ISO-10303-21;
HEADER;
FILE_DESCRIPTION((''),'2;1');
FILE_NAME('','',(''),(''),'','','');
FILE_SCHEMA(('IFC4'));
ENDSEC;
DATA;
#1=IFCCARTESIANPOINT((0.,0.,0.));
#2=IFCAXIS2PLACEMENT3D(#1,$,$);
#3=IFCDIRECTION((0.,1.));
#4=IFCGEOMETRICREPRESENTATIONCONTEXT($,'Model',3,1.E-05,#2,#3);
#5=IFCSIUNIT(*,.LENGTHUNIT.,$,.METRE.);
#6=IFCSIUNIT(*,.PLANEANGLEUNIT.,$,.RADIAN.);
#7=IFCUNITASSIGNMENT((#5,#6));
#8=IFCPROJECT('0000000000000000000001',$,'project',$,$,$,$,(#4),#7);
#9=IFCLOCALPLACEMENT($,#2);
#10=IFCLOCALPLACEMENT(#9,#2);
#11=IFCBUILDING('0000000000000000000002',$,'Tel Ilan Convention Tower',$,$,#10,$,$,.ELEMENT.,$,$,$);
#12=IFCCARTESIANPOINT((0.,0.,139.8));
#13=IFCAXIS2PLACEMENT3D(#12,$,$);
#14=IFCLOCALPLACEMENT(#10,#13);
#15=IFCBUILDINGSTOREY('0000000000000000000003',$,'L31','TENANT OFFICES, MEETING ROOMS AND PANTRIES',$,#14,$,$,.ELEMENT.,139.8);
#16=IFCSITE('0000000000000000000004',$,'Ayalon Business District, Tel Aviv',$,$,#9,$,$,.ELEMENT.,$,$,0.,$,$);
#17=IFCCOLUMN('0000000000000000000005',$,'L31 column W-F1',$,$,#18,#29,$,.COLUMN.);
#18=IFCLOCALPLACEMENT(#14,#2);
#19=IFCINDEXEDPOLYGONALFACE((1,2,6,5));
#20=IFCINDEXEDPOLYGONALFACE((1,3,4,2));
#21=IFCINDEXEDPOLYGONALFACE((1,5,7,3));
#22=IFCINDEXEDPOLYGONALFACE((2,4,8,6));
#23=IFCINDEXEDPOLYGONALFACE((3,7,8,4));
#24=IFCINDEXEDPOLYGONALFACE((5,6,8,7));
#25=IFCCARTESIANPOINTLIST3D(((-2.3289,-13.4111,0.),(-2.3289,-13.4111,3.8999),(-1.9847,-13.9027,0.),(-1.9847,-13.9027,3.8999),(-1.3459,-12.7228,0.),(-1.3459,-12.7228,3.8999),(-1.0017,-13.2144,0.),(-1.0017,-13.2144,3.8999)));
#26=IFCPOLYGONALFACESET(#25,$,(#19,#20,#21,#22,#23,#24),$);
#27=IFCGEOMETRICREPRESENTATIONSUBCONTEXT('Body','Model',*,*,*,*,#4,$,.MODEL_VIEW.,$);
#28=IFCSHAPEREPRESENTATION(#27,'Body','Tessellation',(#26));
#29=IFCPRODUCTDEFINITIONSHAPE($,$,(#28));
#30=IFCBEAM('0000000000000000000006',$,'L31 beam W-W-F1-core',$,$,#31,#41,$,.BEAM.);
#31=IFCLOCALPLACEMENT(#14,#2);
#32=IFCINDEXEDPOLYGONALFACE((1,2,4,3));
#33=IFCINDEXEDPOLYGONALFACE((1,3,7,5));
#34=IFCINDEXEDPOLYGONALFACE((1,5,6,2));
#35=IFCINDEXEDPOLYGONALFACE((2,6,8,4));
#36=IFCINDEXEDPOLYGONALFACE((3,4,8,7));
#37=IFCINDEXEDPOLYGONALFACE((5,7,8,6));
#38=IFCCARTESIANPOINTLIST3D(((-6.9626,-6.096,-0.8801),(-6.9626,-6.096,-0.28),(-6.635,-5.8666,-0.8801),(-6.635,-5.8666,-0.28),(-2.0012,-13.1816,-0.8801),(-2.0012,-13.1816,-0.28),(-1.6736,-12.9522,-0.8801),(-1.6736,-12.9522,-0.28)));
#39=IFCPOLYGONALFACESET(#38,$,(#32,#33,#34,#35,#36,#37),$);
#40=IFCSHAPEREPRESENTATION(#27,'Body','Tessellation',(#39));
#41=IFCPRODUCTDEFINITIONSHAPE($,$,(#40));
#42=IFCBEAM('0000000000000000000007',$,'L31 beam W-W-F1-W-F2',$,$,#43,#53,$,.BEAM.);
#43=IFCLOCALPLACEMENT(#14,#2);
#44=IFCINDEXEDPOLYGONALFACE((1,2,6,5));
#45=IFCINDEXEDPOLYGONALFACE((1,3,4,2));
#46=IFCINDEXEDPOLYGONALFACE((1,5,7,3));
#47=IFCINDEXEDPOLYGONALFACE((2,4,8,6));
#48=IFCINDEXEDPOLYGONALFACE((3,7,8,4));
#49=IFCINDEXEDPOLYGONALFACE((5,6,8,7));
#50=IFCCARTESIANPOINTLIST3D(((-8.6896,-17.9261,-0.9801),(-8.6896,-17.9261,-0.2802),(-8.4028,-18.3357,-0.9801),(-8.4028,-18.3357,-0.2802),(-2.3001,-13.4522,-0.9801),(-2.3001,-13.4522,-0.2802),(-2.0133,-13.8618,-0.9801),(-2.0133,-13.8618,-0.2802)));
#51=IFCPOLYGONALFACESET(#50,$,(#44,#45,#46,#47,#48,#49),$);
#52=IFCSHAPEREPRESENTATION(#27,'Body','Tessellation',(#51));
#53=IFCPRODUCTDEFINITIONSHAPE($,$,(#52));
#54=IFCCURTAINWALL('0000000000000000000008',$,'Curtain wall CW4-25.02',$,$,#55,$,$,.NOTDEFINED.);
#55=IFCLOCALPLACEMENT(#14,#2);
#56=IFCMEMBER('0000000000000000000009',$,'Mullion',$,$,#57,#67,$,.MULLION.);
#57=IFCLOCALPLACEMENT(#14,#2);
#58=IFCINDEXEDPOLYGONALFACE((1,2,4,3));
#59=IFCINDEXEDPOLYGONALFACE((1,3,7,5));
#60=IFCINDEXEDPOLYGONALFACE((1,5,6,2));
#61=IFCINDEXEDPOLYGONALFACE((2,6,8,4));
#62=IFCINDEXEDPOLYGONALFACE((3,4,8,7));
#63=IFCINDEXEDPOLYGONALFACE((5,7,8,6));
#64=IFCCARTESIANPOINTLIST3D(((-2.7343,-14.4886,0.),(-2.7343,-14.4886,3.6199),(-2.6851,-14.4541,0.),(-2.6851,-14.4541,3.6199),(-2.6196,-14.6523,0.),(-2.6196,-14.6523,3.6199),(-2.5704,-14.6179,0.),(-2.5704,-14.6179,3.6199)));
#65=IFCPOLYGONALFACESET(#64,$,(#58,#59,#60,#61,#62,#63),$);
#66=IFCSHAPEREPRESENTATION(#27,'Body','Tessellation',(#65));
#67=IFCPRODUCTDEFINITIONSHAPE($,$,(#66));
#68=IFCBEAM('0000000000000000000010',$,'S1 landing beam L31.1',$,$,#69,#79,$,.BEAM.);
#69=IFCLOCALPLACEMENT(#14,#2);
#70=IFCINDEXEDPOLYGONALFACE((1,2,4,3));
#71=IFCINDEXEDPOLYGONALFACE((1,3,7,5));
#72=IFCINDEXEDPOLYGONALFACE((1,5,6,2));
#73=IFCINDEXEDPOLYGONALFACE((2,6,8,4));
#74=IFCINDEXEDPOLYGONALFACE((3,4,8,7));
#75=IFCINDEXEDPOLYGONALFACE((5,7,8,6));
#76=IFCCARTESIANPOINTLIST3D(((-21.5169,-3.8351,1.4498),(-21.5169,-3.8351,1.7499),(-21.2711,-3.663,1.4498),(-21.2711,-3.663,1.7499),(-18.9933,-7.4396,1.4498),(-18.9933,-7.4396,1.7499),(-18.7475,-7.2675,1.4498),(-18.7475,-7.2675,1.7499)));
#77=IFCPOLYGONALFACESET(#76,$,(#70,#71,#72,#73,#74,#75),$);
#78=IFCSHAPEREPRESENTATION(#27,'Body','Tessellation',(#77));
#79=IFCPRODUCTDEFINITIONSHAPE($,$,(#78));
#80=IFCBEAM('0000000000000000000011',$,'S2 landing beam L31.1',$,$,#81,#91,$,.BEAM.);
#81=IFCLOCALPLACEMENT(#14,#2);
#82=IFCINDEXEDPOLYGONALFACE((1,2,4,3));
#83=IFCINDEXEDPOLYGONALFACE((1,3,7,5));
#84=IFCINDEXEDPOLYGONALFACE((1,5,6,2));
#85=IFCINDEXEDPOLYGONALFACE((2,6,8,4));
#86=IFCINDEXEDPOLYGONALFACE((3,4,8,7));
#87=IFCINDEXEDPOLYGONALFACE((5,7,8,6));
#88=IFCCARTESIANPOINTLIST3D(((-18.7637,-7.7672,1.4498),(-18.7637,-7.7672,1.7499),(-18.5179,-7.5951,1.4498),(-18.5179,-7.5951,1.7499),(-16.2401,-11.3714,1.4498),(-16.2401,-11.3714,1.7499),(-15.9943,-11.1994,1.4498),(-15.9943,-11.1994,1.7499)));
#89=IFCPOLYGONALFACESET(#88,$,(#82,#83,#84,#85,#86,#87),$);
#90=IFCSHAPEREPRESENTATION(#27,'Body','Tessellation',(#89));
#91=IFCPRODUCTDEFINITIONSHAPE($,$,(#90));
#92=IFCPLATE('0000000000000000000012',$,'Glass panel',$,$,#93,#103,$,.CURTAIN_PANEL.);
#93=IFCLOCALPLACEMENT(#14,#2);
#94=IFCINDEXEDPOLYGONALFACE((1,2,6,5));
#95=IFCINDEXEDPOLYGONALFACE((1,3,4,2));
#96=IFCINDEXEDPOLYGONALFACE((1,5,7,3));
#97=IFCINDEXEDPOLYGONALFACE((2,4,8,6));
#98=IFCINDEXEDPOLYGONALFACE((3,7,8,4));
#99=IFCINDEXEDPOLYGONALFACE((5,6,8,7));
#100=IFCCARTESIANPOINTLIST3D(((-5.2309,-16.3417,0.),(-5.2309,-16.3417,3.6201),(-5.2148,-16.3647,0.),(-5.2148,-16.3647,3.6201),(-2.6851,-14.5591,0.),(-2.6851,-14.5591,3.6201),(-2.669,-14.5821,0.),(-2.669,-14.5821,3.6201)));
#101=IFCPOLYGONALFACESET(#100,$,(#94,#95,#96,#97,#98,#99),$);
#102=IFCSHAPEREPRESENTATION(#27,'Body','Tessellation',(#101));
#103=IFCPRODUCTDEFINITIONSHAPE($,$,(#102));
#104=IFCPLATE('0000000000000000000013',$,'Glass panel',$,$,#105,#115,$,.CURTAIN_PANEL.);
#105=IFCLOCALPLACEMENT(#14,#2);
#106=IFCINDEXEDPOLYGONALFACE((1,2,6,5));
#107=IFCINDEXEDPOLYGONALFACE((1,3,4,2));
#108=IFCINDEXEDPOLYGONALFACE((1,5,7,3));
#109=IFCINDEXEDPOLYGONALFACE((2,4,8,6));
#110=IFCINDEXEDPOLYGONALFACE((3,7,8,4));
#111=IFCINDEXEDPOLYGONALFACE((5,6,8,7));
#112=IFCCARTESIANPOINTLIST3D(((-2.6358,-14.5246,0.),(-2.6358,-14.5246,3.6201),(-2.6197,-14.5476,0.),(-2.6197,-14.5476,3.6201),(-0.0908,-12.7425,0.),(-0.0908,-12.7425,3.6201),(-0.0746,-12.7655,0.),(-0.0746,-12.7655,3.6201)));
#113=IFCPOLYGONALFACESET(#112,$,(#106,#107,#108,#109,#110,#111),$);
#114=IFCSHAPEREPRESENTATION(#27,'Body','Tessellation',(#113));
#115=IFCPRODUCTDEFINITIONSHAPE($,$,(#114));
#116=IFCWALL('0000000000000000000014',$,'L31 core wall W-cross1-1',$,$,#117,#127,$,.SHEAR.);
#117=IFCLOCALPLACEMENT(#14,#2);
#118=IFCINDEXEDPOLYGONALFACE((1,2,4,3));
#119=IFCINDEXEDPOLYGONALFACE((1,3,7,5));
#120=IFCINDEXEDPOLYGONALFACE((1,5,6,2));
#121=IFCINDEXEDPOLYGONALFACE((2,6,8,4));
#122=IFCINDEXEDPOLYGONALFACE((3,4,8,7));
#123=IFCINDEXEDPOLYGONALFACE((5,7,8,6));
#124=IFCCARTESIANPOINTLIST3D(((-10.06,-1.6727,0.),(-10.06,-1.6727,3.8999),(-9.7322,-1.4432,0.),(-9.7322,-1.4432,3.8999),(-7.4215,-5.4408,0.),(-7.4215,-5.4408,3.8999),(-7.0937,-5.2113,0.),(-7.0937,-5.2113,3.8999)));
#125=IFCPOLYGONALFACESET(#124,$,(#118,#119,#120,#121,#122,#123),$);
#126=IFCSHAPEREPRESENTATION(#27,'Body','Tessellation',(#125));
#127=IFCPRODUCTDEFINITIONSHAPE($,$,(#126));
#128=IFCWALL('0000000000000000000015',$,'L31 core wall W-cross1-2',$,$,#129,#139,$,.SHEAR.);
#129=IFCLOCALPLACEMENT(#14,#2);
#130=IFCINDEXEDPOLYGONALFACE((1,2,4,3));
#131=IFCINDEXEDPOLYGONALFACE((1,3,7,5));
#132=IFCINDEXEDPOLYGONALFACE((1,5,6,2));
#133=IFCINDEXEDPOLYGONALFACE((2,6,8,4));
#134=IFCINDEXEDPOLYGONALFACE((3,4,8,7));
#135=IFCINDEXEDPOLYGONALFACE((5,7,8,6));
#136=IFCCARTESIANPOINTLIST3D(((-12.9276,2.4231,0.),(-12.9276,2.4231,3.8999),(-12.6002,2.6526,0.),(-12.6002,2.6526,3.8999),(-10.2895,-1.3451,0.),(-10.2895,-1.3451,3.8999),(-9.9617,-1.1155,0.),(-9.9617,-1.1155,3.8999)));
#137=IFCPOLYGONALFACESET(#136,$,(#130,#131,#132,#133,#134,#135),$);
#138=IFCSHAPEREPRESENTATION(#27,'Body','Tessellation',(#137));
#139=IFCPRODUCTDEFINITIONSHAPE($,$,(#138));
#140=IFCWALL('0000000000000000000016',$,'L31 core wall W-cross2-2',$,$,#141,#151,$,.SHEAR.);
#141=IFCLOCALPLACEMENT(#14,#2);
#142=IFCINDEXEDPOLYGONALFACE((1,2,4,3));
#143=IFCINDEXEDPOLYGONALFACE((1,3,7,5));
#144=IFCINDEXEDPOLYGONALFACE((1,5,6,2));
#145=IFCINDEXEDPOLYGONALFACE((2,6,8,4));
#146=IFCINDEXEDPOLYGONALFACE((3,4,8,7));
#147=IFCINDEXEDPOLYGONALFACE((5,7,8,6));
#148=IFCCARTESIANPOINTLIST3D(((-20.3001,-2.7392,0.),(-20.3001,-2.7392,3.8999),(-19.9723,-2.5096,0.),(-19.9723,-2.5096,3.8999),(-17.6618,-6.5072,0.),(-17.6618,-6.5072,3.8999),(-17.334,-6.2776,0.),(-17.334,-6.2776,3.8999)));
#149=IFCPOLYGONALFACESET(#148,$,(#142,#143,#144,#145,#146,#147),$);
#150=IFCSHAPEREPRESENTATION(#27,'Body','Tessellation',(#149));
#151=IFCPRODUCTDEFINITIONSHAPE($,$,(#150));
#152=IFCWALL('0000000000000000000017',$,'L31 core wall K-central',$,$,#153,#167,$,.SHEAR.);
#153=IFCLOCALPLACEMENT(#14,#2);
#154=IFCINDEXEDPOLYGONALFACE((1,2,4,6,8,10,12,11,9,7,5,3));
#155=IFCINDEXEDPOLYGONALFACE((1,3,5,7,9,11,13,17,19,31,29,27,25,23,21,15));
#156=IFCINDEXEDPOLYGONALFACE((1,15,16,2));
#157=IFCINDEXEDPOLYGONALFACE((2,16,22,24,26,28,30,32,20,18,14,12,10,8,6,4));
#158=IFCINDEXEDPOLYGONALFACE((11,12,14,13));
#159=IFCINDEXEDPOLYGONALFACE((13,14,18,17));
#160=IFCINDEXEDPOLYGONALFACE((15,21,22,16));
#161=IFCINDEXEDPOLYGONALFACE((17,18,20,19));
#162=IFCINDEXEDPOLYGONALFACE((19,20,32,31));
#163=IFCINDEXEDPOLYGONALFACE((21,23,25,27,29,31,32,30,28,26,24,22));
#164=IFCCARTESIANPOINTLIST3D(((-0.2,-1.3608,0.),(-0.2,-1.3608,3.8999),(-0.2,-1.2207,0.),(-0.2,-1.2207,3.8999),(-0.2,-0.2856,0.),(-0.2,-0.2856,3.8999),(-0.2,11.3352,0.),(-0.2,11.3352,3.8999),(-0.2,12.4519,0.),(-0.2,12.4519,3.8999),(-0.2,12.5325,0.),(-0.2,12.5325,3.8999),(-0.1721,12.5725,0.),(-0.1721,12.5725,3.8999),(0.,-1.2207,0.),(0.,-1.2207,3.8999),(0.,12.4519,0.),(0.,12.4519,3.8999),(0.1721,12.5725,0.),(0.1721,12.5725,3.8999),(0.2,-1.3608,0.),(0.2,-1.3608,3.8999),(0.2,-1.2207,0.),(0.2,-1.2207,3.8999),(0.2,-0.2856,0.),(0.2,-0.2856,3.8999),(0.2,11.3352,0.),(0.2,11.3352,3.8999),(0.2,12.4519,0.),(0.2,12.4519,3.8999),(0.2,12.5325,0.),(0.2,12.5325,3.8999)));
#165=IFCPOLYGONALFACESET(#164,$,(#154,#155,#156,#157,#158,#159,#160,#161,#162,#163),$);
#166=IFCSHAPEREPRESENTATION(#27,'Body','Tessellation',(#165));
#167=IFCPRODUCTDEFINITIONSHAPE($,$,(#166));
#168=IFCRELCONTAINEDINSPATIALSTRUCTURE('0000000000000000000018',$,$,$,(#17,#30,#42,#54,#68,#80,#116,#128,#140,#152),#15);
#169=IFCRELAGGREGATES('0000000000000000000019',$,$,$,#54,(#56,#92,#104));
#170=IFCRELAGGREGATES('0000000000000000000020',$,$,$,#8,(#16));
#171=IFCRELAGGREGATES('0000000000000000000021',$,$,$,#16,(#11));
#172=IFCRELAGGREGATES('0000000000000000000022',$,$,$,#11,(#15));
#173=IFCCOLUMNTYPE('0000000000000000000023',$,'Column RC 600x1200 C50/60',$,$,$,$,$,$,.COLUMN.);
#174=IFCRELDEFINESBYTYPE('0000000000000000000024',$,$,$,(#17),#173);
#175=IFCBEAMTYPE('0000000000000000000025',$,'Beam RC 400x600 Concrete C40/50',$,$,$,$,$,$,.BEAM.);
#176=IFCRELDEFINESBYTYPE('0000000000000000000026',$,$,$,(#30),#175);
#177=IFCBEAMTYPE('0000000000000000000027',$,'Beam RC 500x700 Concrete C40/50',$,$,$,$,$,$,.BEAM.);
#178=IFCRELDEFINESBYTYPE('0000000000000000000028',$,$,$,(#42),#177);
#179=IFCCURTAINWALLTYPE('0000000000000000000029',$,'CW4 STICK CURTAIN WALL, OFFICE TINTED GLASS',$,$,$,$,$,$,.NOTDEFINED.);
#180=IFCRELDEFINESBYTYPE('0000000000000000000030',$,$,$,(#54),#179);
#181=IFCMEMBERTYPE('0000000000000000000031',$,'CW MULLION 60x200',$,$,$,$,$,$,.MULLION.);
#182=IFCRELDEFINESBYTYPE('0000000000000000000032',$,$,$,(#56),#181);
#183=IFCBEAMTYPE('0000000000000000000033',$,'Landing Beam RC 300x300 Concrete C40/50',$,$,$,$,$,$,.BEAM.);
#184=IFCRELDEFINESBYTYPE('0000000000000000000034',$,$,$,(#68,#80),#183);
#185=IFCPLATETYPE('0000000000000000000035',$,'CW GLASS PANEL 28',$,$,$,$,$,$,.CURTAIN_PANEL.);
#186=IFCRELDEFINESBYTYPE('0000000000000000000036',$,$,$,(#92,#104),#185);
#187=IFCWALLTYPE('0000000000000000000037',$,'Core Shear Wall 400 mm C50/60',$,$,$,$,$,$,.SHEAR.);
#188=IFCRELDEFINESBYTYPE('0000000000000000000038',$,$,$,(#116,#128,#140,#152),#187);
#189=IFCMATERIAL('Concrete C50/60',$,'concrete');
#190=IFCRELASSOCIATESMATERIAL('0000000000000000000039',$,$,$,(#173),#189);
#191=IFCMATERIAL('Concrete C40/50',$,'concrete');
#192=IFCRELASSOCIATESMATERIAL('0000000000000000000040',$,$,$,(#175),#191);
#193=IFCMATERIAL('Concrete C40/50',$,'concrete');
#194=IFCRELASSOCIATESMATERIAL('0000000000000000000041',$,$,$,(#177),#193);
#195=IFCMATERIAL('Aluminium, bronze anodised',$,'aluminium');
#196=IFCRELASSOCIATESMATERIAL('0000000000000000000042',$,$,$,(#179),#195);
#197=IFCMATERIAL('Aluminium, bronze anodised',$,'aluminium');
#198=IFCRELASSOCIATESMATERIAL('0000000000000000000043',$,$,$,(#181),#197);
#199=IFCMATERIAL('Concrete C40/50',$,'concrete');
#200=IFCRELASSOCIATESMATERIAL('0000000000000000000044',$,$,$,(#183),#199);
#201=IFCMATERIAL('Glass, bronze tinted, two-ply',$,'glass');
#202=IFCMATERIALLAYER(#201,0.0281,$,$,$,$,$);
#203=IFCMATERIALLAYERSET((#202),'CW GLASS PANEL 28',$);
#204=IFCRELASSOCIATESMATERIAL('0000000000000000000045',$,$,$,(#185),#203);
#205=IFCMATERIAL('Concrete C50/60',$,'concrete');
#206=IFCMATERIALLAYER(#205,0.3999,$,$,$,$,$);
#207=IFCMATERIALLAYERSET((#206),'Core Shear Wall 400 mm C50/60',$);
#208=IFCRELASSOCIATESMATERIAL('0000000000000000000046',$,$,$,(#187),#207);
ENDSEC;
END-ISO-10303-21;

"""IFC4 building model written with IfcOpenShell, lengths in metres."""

from ifc_helpers import new_model, si_unit, direction, frame, origin, origin_2d, place, context, subcontext, project, spatial, polyline, rectangle, outline, extrude, material, layer, layer_set, material_profile, profile_set, type_object, element, aggregate, save


model = new_model("IFC4")

# Units and contexts
model_context = context("Model", 3, precision=1e-05, world=origin(), true_north=direction((0.0, 1.0)))
body_context = subcontext(model_context, "Body", "Model", "MODEL_VIEW")
ifc_project = project(units=[si_unit("LENGTHUNIT", "METRE"), si_unit("PLANEANGLEUNIT", "RADIAN")], contexts=[model_context])

# Site, building, storey
site_placement = place(None, origin())
site = spatial("IfcSite", under=ifc_project, at=site_placement, Name="Ayalon Business District, Tel Aviv", CompositionType="ELEMENT", RefElevation=0.0)
building_placement = place(site_placement, origin())
building = spatial("IfcBuilding", under=site, at=building_placement, Name="Tel Ilan Convention Tower", CompositionType="ELEMENT")
storey_placement = place(building_placement, frame((0.0, 0.0, 139.8)))
storey = spatial("IfcBuildingStorey", under=building, at=storey_placement, Name="L31", Description="TENANT OFFICES, MEETING ROOMS AND PANTRIES", CompositionType="ELEMENT", Elevation=139.8)

# Column
ifc_material_1 = material(Name="Concrete C50/60", Category="concrete")
ifc_material_profile_1 = material_profile(ifc_material_1, rectangle(XDim=1.2, YDim=0.6001, at=origin_2d()), Name="RC 600x1200")
ifc_profile_set_1 = profile_set([ifc_material_profile_1], Name="Concrete C50/60")
column_type = type_object("IfcColumnType", Name="Column RC 600x1200 C50/60", PredefinedType="COLUMN", material=ifc_profile_set_1)
column_placement = place(storey_placement, frame((-1.6653, -13.3127, 0.0), z_axis=(0.0, 0.0, 1.0), x_axis=(-0.819152, -0.573576, 0.0)))
element("IfcColumn", 1, at=column_placement, inside=storey, type_object=column_type, Name="L31 column W-F1", PredefinedType="COLUMN", context=body_context, shape_type="SweptSolid", body=[
    extrude(rectangle(XDim=1.2, YDim=0.6001, at=origin_2d()), origin(), (0.0, 0.0, 1.0), 3.8999),
])

# Beams
ifc_material_2 = material(Name="Concrete C40/50", Category="concrete")
ifc_material_profile_2 = material_profile(ifc_material_2, rectangle(XDim=0.3999, YDim=0.6001, at=origin_2d()), Name="RC 400x600")
ifc_profile_set_2 = profile_set([ifc_material_profile_2], Name="Concrete C40/50")
beam_type_1 = type_object("IfcBeamType", Name="Beam RC 400x600 Concrete C40/50", PredefinedType="BEAM", material=ifc_profile_set_2)
beam_1_placement = place(storey_placement, frame((-1.8374, -13.0669, -0.5801), z_axis=(-0.573574, 0.819154, 0.0), x_axis=(-0.819154, -0.573574, 0.0)))
element("IfcBeam", 2, at=beam_1_placement, inside=storey, type_object=beam_type_1, Name="L31 beam W-W-F1-core", PredefinedType="BEAM", context=body_context, shape_type="SweptSolid", body=[
    extrude(rectangle(XDim=0.3999, YDim=0.6001, at=origin_2d()), origin(), (0.0, 0.0, 1.0), 8.6499),
])
ifc_material_3 = material(Name="Concrete C40/50", Category="concrete")
ifc_material_profile_3 = material_profile(ifc_material_3, rectangle(XDim=0.5, YDim=0.7, at=origin_2d()), Name="RC 500x700")
ifc_profile_set_3 = profile_set([ifc_material_profile_3], Name="Concrete C40/50")
beam_type_2 = type_object("IfcBeamType", Name="Beam RC 500x700 Concrete C40/50", PredefinedType="BEAM", material=ifc_profile_set_3)
beam_2_placement = place(storey_placement, frame((-2.1567, -13.657, -0.6301), z_axis=(-0.819154, -0.573574, 0.0), x_axis=(0.573574, -0.819154, 0.0)))
element("IfcBeam", 3, at=beam_2_placement, inside=storey, type_object=beam_type_2, Name="L31 beam W-W-F1-W-F2", PredefinedType="BEAM", context=body_context, shape_type="SweptSolid", body=[
    extrude(rectangle(XDim=0.5, YDim=0.7, at=origin_2d()), origin(), (0.0, 0.0, 1.0), 7.8),
])

# Curtain wall, member
ifc_material_4 = material(Name="Aluminium, bronze anodised", Category="aluminium")
curtain_wall_type = type_object("IfcCurtainWallType", Name="CW4 STICK CURTAIN WALL, OFFICE TINTED GLASS", PredefinedType="NOTDEFINED", material=ifc_material_4)
curtain_wall_placement = place(storey_placement, origin())
curtain_wall = element("IfcCurtainWall", 4, at=curtain_wall_placement, inside=storey, type_object=curtain_wall_type, Name="Curtain wall CW4-25.02", PredefinedType="NOTDEFINED")
ifc_material_5 = material(Name="Aluminium, bronze anodised", Category="aluminium")
ifc_material_profile_4 = material_profile(ifc_material_5, rectangle(XDim=0.0601, YDim=0.2, at=origin_2d()), Name="CW MULLION 60x200")
ifc_profile_set_4 = profile_set([ifc_material_profile_4], Name="Aluminium, bronze anodised")
member_type = type_object("IfcMemberType", Name="CW MULLION 60x200", PredefinedType="MULLION", material=ifc_profile_set_4)
member_placement = place(storey_placement, frame((-2.6523, -14.5532, 0.0), z_axis=(0.0, 0.0, 1.0), x_axis=(0.819152, 0.573576, 0.0)))
member = element("IfcMember", 5, at=member_placement, type_object=member_type, Name="Mullion", PredefinedType="MULLION", context=body_context, shape_type="SweptSolid", body=[
    extrude(rectangle(XDim=0.0601, YDim=0.2, at=origin_2d()), origin(), (0.0, 0.0, 1.0), 3.6199),
])

# Beams
ifc_material_6 = material(Name="Concrete C40/50", Category="concrete")
ifc_material_profile_5 = material_profile(ifc_material_6, rectangle(XDim=0.3, YDim=0.3, at=origin_2d()), Name="RC 300x300")
ifc_profile_set_5 = profile_set([ifc_material_profile_5], Name="Concrete C40/50")
beam_type_3 = type_object("IfcBeamType", Name="Landing Beam RC 300x300 Concrete C40/50", PredefinedType="BEAM", material=ifc_profile_set_5)
beam_3_placement = place(storey_placement, frame((-18.8704, -7.3535, 1.5999), z_axis=(-0.573544, 0.819175, 0.0), x_axis=(-0.819175, -0.573544, 0.0)))
element("IfcBeam", 6, at=beam_3_placement, inside=storey, type_object=beam_type_3, Name="S1 landing beam L31.1", PredefinedType="BEAM", context=body_context, shape_type="SweptSolid", body=[
    extrude(rectangle(XDim=0.3, YDim=0.3, at=origin_2d()), origin(), (0.0, 0.0, 1.0), 4.4001),
])
beam_4_placement = place(storey_placement, frame((-16.1172, -11.2854, 1.5999), z_axis=(-0.57357, 0.819156, 0.0), x_axis=(-0.819156, -0.57357, 0.0)))
element("IfcBeam", 7, at=beam_4_placement, inside=storey, type_object=beam_type_3, Name="S2 landing beam L31.1", PredefinedType="BEAM", context=body_context, shape_type="SweptSolid", body=[
    extrude(rectangle(XDim=0.3, YDim=0.3, at=origin_2d()), origin(), (0.0, 0.0, 1.0), 4.3999),
])

# Plates
ifc_material_7 = material(Name="Glass, bronze tinted, two-ply", Category="glass")
ifc_layer_1 = layer(ifc_material_7, 0.0281)
ifc_layer_set_1 = layer_set([ifc_layer_1], Name="CW GLASS PANEL 28")
plate_type = type_object("IfcPlateType", Name="CW GLASS PANEL 28", PredefinedType="CURTAIN_PANEL", material=ifc_layer_set_1)
plate_1_placement = place(storey_placement, frame((-3.95, -15.4619, 0.0), z_axis=(0.0, 0.0, 1.0), x_axis=(0.819152, 0.573576, 0.0)))
plate_1 = element("IfcPlate", 8, at=plate_1_placement, type_object=plate_type, Name="Glass panel", PredefinedType="CURTAIN_PANEL", context=body_context, shape_type="SweptSolid", body=[
    extrude(rectangle(XDim=3.1079, YDim=0.0281, at=origin_2d()), origin(), (0.0, 0.0, 1.0), 3.6201),
])
plate_2_placement = place(storey_placement, frame((-1.3552, -13.645, 0.0), z_axis=(0.0, 0.0, 1.0), x_axis=(0.819152, 0.573576, 0.0)))
plate_2 = element("IfcPlate", 9, at=plate_2_placement, type_object=plate_type, Name="Glass panel", PredefinedType="CURTAIN_PANEL", context=body_context, shape_type="SweptSolid", body=[
    extrude(rectangle(XDim=3.1069, YDim=0.0281, at=origin_2d()), origin(), (0.0, 0.0, 1.0), 3.6201),
])
aggregate(curtain_wall, [member, plate_1, plate_2])

# Walls
ifc_material_8 = material(Name="Concrete C50/60", Category="concrete")
ifc_layer_2 = layer(ifc_material_8, 0.3999)
ifc_layer_set_2 = layer_set([ifc_layer_2], Name="Core Shear Wall 400 mm C50/60")
wall_type_1 = type_object("IfcWallType", Name="Core Shear Wall 400 mm C50/60", PredefinedType="SHEAR", material=ifc_layer_set_2)
wall_1_placement = place(storey_placement, frame((-7.2578, -5.3259, 0.0), z_axis=(0.0, 0.0, 1.0), x_axis=(-0.573541, 0.819177, 0.0)))
element("IfcWall", 10, at=wall_1_placement, inside=storey, type_object=wall_type_1, Name="L31 core wall W-cross1-1", PredefinedType="SHEAR", context=body_context, shape_type="SweptSolid", body=[
    extrude(outline(polyline([(4.5999, 0.2002), (-0.0002, 0.2), (-0.0002, -0.2002), (4.5999, -0.2), (4.5999, 0.2002)])), origin(), (0.0, 0.0, 1.0), 3.8999),
])
wall_2_placement = place(storey_placement, frame((-10.1255, -1.2302, 0.0), z_axis=(0.0, 0.0, 1.0), x_axis=(-0.573576, 0.819152, 0.0)))
element("IfcWall", 11, at=wall_2_placement, inside=storey, type_object=wall_type_1, Name="L31 core wall W-cross1-2", PredefinedType="SHEAR", context=body_context, shape_type="SweptSolid", body=[
    extrude(outline(polyline([(4.6001, -0.2), (4.5999, 0.2), (0.0, 0.2002), (0.0, -0.2), (4.6001, -0.2)])), origin(), (0.0, 0.0, 1.0), 3.8999),
])
wall_3_placement = place(storey_placement, frame((-17.4978, -6.3923, 0.0), z_axis=(0.0, 0.0, 1.0), x_axis=(-0.573612, 0.819127, 0.0)))
element("IfcWall", 12, at=wall_3_placement, inside=storey, type_object=wall_type_1, Name="L31 core wall W-cross2-2", PredefinedType="SHEAR", context=body_context, shape_type="SweptSolid", body=[
    extrude(outline(polyline([(4.5999, -0.2002), (4.5999, 0.2), (0.0, 0.2002), (0.0, -0.2), (4.5999, -0.2002)])), origin(), (0.0, 0.0, 1.0), 3.8999),
])
wall_4_placement = place(storey_placement, frame((0.0, -1.3608, 0.0), z_axis=(0.0, 0.0, 1.0), x_axis=(0.0, 1.0, 0.0)))
element("IfcWall", 13, at=wall_4_placement, inside=storey, type_object=wall_type_1, Name="L31 core wall K-central", PredefinedType="SHEAR", context=body_context, shape_type="SweptSolid", body=[
    extrude(outline(polyline([(0.0, -0.2), (0.1401, -0.2), (1.0752, -0.2), (12.696, -0.2), (13.8127, -0.2), (13.8933, -0.2), (13.9333, -0.1721), (13.8127, 0.0), (13.9333, 0.1721), (13.8933, 0.2), (13.8127, 0.2), (12.696, 0.2), (1.0752, 0.2), (0.1401, 0.2), (0.0, 0.2), (0.1401, 0.0), (0.0, -0.2)])), origin(), (0.0, 0.0, 1.0), 3.8999),
])

save(model, "model.ifc")
